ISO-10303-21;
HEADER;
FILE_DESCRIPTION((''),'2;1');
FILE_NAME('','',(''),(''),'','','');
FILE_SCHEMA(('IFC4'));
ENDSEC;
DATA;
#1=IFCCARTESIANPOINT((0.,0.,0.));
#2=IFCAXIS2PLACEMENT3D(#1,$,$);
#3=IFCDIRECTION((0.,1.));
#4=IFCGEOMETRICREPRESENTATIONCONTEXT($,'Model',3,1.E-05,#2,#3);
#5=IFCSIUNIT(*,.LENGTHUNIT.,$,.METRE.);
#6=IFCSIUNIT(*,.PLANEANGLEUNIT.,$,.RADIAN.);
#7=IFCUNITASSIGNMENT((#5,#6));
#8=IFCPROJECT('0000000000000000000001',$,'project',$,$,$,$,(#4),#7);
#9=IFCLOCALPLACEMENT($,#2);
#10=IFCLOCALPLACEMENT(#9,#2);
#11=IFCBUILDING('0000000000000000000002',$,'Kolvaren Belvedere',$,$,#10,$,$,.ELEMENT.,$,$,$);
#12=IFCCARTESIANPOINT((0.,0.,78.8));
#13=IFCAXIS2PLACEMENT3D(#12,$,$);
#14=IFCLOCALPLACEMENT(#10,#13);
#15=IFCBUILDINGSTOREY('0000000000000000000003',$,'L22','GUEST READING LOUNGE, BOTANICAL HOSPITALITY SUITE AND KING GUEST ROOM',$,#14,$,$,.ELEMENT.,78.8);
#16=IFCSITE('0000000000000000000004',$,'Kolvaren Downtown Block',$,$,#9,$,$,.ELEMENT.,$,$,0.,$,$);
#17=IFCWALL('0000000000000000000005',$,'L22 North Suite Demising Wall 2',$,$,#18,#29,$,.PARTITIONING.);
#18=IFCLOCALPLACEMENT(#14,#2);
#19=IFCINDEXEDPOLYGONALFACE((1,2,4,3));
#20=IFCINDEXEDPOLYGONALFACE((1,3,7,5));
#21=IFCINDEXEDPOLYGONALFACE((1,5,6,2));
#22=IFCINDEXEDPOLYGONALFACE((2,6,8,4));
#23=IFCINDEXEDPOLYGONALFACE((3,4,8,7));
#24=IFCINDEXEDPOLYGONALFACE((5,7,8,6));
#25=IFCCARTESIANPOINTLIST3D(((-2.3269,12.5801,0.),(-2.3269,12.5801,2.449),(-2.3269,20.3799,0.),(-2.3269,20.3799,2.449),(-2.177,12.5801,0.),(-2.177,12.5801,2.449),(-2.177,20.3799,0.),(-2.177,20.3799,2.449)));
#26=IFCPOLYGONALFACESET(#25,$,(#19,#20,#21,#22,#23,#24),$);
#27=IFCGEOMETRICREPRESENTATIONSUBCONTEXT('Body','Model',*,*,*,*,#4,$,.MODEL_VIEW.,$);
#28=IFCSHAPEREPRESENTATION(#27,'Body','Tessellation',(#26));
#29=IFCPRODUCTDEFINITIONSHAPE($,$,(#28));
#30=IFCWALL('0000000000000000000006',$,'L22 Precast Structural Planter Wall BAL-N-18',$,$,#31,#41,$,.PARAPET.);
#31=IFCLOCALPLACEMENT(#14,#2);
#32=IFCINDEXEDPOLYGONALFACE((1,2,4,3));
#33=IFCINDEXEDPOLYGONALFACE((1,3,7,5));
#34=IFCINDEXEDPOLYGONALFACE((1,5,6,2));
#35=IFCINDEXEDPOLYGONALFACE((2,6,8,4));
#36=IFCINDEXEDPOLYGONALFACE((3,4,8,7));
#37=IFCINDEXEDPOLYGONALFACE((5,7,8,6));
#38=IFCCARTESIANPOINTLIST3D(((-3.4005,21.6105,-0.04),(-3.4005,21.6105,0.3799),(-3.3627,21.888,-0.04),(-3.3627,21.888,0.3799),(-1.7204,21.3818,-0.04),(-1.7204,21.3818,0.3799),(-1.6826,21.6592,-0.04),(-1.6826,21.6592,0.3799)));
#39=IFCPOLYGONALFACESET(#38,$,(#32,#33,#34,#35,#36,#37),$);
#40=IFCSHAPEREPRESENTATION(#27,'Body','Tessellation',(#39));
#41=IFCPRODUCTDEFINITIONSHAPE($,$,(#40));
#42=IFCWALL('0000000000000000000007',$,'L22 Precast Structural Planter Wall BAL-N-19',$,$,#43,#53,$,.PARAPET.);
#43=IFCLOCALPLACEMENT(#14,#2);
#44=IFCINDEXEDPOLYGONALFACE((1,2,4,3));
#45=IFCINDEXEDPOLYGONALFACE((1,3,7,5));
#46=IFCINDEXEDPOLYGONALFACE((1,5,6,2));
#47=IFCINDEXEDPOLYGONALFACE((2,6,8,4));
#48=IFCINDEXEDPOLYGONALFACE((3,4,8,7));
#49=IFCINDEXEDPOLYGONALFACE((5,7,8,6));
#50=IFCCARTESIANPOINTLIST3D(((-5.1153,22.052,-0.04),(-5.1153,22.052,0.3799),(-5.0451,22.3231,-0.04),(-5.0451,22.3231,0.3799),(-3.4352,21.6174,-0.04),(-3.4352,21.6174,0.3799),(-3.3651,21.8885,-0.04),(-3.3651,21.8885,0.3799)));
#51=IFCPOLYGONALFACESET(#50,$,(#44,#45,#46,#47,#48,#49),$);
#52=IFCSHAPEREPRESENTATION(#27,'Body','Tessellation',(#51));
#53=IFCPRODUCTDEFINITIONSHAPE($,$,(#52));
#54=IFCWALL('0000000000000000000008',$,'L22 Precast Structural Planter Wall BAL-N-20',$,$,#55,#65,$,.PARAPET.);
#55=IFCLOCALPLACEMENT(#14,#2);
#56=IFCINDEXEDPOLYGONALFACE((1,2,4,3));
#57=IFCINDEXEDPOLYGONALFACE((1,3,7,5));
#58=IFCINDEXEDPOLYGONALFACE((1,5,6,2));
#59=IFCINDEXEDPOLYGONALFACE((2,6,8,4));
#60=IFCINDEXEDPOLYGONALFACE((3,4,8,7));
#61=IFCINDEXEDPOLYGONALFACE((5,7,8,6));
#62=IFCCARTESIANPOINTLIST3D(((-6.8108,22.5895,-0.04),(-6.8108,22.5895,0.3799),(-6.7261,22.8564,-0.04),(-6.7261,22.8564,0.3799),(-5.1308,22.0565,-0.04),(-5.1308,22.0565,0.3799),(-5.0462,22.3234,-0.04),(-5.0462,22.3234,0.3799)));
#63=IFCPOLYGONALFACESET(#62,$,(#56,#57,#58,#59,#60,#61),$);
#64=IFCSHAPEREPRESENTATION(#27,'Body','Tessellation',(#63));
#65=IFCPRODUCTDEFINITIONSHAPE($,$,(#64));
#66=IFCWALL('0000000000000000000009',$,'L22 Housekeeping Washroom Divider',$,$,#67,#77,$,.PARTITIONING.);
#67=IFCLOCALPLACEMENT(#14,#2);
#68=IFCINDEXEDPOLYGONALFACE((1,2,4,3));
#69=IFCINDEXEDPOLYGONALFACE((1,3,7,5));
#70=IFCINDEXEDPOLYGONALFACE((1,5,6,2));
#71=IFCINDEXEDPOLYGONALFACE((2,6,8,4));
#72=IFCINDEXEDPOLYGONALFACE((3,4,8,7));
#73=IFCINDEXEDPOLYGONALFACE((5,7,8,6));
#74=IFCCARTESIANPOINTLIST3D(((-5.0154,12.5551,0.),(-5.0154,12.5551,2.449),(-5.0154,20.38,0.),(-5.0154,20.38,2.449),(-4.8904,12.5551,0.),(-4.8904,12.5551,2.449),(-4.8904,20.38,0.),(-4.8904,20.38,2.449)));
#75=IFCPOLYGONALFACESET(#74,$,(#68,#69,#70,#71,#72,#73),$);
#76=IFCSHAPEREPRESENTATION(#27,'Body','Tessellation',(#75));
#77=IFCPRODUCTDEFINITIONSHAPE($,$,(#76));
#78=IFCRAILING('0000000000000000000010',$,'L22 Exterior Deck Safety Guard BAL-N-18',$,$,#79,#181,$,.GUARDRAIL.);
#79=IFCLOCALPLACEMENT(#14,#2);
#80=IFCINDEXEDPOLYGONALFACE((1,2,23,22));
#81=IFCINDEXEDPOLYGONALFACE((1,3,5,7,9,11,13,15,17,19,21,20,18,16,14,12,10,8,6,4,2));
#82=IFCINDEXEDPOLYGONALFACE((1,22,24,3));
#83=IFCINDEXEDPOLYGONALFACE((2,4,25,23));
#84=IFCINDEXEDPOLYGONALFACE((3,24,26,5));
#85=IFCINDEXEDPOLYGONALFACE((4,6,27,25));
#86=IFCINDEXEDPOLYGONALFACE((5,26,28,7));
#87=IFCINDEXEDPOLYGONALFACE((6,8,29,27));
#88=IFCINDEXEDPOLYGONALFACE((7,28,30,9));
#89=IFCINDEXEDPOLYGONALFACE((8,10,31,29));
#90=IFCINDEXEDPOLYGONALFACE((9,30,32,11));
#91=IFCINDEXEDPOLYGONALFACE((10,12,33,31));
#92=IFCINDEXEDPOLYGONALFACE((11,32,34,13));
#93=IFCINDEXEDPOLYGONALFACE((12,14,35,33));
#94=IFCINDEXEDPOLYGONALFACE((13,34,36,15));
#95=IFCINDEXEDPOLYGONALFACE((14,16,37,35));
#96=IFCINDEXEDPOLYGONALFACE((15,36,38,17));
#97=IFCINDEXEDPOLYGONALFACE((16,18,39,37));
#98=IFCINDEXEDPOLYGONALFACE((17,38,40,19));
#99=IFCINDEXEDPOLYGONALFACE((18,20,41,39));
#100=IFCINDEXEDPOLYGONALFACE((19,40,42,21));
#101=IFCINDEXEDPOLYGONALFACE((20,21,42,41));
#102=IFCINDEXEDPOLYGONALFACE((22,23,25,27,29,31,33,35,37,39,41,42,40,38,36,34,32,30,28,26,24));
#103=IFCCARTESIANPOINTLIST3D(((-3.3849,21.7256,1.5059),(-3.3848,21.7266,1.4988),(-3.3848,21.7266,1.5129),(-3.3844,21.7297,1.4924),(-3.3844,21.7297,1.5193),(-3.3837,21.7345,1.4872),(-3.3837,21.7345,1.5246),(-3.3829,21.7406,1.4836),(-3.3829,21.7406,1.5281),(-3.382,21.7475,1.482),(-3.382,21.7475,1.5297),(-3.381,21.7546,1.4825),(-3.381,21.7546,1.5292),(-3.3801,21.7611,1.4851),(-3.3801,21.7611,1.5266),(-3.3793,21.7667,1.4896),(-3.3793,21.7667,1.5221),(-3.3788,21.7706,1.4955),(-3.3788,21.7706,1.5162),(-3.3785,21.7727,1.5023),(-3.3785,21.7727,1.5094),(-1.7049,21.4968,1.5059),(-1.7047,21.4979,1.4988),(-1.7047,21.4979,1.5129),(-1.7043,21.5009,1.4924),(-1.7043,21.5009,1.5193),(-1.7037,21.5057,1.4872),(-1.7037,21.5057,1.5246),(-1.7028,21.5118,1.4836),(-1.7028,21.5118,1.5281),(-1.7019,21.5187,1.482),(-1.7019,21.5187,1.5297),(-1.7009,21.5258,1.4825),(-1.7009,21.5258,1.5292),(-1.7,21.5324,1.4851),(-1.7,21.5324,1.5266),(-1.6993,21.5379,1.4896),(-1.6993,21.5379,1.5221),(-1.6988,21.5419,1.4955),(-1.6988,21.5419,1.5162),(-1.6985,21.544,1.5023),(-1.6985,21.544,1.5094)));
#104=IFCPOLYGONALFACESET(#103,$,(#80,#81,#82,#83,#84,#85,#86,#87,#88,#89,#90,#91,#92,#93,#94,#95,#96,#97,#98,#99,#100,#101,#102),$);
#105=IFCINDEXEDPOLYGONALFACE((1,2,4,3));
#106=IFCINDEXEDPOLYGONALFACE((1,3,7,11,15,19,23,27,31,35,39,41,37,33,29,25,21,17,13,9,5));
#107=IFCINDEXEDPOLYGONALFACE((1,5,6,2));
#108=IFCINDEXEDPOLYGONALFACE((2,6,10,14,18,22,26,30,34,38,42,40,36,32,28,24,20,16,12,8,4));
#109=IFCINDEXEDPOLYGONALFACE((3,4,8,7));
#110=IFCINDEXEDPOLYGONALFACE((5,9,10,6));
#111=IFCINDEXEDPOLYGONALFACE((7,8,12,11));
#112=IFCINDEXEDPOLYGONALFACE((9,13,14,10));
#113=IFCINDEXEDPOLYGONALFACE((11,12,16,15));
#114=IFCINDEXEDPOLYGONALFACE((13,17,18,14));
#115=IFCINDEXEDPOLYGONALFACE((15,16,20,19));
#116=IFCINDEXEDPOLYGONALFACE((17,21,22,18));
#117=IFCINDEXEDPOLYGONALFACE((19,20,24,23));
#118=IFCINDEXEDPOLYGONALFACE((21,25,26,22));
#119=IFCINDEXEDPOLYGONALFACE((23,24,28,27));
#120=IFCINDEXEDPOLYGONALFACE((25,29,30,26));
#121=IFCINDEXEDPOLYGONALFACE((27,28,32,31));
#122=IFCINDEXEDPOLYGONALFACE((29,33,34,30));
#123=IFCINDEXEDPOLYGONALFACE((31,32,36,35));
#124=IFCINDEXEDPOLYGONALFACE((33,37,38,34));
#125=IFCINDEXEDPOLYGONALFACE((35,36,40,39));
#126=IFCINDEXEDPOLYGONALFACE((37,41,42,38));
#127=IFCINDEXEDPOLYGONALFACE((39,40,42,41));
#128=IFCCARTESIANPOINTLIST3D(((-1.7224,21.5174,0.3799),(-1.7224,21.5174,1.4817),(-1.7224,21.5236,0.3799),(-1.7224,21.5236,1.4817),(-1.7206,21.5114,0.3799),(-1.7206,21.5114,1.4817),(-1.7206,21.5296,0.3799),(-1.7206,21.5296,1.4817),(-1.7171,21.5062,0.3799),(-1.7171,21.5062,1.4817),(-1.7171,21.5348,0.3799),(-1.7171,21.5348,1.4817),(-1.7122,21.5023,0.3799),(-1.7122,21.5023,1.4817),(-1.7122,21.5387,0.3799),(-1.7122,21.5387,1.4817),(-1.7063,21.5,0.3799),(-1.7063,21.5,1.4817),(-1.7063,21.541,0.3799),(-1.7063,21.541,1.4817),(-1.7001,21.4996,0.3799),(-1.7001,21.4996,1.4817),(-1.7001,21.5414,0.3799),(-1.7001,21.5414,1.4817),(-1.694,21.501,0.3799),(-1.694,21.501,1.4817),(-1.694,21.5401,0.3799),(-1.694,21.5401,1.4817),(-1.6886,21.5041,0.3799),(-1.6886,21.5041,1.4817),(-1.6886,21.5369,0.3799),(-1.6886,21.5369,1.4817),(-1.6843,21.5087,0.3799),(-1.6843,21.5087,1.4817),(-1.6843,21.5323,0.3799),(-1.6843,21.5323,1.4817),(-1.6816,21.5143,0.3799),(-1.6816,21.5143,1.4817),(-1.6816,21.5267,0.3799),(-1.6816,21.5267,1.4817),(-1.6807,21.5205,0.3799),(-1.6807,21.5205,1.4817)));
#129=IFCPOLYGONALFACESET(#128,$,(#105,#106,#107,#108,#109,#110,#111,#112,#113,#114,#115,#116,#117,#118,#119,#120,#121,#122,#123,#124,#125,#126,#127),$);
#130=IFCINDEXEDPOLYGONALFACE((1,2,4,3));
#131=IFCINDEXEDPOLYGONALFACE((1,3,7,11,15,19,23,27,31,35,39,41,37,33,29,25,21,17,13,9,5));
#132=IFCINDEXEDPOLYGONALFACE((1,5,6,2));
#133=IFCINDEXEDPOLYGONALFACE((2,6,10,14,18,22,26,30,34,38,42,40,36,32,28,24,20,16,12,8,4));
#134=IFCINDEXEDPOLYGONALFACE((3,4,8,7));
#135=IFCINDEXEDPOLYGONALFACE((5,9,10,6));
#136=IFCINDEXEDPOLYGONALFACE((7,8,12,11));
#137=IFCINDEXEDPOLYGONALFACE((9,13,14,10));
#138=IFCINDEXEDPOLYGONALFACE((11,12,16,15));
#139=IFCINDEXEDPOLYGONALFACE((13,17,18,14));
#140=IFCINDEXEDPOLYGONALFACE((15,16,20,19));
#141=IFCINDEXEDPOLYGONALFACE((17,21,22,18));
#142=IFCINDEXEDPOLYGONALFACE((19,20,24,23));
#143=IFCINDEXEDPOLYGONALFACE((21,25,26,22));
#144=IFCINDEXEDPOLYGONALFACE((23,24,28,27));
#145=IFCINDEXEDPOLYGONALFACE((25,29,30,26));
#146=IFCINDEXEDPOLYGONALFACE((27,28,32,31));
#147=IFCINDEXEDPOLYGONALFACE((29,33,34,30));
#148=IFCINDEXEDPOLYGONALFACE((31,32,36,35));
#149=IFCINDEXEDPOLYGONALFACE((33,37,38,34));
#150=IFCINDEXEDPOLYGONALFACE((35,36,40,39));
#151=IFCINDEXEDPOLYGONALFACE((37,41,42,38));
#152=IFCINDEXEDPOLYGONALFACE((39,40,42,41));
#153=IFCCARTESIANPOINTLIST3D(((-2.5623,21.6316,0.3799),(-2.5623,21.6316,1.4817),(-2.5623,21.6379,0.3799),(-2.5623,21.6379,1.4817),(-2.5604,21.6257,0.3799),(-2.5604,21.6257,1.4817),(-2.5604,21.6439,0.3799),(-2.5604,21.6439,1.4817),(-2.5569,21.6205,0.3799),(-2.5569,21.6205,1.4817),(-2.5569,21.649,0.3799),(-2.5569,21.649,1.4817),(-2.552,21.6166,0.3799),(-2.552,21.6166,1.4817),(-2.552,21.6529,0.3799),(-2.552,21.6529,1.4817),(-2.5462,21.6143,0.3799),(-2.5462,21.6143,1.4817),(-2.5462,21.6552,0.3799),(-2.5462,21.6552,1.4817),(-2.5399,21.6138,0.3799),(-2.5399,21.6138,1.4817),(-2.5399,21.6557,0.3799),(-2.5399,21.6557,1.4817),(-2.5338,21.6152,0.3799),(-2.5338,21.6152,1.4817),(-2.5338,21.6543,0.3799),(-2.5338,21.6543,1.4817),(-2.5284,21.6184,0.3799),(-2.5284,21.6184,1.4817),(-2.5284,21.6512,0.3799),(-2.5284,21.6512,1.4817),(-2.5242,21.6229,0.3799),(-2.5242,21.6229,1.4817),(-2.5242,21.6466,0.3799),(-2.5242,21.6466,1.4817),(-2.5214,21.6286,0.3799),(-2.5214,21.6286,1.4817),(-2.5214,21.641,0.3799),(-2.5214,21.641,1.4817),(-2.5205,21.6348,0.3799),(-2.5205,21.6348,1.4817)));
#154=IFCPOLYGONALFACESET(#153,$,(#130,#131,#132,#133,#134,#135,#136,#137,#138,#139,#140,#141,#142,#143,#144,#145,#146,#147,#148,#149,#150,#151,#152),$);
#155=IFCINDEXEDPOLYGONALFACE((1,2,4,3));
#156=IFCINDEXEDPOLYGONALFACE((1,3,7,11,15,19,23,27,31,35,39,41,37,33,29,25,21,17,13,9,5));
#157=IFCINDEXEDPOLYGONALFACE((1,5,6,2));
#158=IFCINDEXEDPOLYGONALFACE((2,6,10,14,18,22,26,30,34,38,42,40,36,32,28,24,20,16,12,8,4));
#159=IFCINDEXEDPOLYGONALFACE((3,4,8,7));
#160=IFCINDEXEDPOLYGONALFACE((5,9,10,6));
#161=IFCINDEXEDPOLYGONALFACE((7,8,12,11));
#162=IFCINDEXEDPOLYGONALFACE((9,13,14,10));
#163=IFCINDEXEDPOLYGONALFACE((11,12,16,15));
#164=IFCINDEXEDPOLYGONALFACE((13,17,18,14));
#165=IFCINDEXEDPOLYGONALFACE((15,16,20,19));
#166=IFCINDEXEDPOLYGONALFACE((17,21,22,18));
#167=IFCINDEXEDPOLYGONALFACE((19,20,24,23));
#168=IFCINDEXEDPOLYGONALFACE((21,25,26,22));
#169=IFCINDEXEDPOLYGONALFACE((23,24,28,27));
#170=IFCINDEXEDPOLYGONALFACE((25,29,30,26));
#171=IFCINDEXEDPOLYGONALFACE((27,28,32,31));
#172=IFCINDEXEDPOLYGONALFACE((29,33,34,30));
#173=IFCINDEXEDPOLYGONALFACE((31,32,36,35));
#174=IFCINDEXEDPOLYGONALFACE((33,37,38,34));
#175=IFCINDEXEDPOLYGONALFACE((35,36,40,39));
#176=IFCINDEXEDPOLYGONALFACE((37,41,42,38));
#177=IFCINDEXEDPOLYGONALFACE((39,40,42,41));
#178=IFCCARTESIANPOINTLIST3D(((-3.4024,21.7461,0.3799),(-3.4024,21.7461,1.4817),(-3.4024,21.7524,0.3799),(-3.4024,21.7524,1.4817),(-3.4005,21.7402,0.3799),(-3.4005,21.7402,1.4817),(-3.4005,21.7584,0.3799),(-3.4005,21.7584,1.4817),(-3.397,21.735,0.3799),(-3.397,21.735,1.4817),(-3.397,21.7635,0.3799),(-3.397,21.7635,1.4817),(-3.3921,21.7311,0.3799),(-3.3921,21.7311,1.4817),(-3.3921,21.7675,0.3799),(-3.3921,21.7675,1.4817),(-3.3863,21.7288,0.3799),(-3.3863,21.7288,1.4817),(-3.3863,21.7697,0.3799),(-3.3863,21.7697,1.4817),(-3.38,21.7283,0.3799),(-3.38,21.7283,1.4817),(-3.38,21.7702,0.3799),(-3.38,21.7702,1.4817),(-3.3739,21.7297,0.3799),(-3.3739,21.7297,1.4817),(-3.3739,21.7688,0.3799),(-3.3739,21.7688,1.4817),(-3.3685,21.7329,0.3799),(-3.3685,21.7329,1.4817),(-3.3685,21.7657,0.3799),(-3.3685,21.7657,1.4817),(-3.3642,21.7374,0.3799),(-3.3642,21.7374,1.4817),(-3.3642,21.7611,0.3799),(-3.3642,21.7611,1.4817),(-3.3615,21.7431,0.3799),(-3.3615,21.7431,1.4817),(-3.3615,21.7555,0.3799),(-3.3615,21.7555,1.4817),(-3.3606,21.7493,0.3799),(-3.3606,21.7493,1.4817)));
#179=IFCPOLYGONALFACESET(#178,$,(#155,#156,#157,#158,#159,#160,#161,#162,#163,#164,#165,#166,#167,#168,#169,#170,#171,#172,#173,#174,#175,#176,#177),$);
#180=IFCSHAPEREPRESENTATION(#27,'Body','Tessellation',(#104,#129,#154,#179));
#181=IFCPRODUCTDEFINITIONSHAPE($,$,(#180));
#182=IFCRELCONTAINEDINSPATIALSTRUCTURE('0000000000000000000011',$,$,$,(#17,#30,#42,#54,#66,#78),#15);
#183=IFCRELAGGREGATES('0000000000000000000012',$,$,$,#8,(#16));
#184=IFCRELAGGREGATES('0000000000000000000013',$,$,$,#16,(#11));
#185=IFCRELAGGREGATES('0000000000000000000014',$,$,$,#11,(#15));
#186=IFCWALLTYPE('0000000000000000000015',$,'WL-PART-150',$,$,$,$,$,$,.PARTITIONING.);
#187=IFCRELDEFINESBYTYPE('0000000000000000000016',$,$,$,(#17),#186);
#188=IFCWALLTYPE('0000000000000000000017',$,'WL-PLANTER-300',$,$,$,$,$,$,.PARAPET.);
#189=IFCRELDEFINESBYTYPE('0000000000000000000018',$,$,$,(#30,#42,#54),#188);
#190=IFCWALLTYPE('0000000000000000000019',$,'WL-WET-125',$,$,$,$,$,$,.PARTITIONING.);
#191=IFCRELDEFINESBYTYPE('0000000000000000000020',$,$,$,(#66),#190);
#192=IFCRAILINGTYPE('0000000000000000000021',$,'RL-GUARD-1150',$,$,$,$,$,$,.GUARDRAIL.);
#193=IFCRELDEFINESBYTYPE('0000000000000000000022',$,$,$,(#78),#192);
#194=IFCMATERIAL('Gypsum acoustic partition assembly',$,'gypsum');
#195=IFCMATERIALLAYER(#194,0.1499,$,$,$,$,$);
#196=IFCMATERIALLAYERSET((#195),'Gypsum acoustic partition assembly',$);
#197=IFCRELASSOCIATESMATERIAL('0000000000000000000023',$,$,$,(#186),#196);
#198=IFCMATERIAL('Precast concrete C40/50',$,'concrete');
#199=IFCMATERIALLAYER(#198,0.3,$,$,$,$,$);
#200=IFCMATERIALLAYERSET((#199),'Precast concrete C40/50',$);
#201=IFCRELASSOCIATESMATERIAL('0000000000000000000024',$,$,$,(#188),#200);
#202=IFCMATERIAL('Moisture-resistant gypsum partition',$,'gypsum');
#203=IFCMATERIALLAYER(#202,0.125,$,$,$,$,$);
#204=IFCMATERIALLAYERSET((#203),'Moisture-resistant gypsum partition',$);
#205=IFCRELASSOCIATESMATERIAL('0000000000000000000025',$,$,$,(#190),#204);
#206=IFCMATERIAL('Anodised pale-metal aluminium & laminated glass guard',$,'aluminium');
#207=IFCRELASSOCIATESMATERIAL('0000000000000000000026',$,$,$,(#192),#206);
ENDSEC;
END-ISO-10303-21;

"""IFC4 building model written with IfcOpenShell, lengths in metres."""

from ifc_helpers import new_model, si_unit, direction, frame, frame_2d, origin, origin_2d, place, context, subcontext, project, spatial, rectangle, circle, extrude, material, layer, layer_set, type_object, element, save


model = new_model("IFC4")

# Units and contexts
model_context = context("Model", 3, precision=1e-05, world=origin(), true_north=direction((0.0, 1.0)))
body_context = subcontext(model_context, "Body", "Model", "MODEL_VIEW")
ifc_project = project(units=[si_unit("LENGTHUNIT", "METRE"), si_unit("PLANEANGLEUNIT", "RADIAN")], contexts=[model_context])

# Site, building, storey
site_placement = place(None, origin())
site = spatial("IfcSite", under=ifc_project, at=site_placement, Name="Kolvaren Downtown Block", CompositionType="ELEMENT", RefElevation=0.0)
building_placement = place(site_placement, origin())
building = spatial("IfcBuilding", under=site, at=building_placement, Name="Kolvaren Belvedere", CompositionType="ELEMENT")
storey_placement = place(building_placement, frame((0.0, 0.0, 78.8)))
storey = spatial("IfcBuildingStorey", under=building, at=storey_placement, Name="L22", Description="GUEST READING LOUNGE, BOTANICAL HOSPITALITY SUITE AND KING GUEST ROOM", CompositionType="ELEMENT", Elevation=78.8)

# Walls
ifc_material_1 = material(Name="Gypsum acoustic partition assembly", Category="gypsum")
ifc_layer_1 = layer(ifc_material_1, 0.1499)
ifc_layer_set_1 = layer_set([ifc_layer_1], Name="Gypsum acoustic partition assembly")
wall_type_1 = type_object("IfcWallType", Name="WL-PART-150", PredefinedType="PARTITIONING", material=ifc_layer_set_1)
wall_1_placement = place(storey_placement, frame((-2.252, 12.5801, 0.0), z_axis=(0.0, 0.0, 1.0), x_axis=(0.0, 1.0, 0.0)))
element("IfcWall", 1, at=wall_1_placement, inside=storey, type_object=wall_type_1, Name="L22 North Suite Demising Wall 2", PredefinedType="PARTITIONING", context=body_context, shape_type="SweptSolid", body=[
    extrude(rectangle(XDim=7.7998, YDim=0.1499, at=frame_2d((3.8999, 0.0))), origin(), (0.0, 0.0, 1.0), 2.449),
])
ifc_material_2 = material(Name="Precast concrete C40/50", Category="concrete")
ifc_layer_2 = layer(ifc_material_2, 0.3)
ifc_layer_set_2 = layer_set([ifc_layer_2], Name="Precast concrete C40/50")
wall_type_2 = type_object("IfcWallType", Name="WL-PLANTER-300", PredefinedType="PARAPET", material=ifc_layer_set_2)
wall_2_placement = place(storey_placement, frame((-1.7017, 21.5205, -0.04), z_axis=(0.0, 0.0, 1.0), x_axis=(-0.990856, 0.134927, 0.0)))
element("IfcWall", 2, at=wall_2_placement, inside=storey, type_object=wall_type_2, Name="L22 Precast Structural Planter Wall BAL-N-18", PredefinedType="PARAPET", context=body_context, shape_type="SweptSolid", body=[
    extrude(rectangle(XDim=1.6956, YDim=0.28, at=frame_2d((0.8477, 0.0))), origin(), (0.0, 0.0, 1.0), 0.4199),
])
wall_3_placement = place(storey_placement, frame((-3.4001, 21.7529, -0.04), z_axis=(0.0, 0.0, 1.0), x_axis=(-0.968132, 0.25044, 0.0)))
element("IfcWall", 3, at=wall_3_placement, inside=storey, type_object=wall_type_2, Name="L22 Precast Structural Planter Wall BAL-N-19", PredefinedType="PARAPET", context=body_context, shape_type="SweptSolid", body=[
    extrude(rectangle(XDim=1.7354, YDim=0.28, at=frame_2d((0.8677, 0.0))), origin(), (0.0, 0.0, 1.0), 0.4199),
])
wall_4_placement = place(storey_placement, frame((-5.0884, 22.1899, -0.04), z_axis=(0.0, 0.0, 1.0), x_axis=(-0.953182, 0.302397, 0.0)))
element("IfcWall", 4, at=wall_4_placement, inside=storey, type_object=wall_type_2, Name="L22 Precast Structural Planter Wall BAL-N-20", PredefinedType="PARAPET", context=body_context, shape_type="SweptSolid", body=[
    extrude(rectangle(XDim=1.7625, YDim=0.28, at=frame_2d((0.8813, 0.0))), origin(), (0.0, 0.0, 1.0), 0.4199),
])
ifc_material_3 = material(Name="Moisture-resistant gypsum partition", Category="gypsum")
ifc_layer_3 = layer(ifc_material_3, 0.125)
ifc_layer_set_3 = layer_set([ifc_layer_3], Name="Moisture-resistant gypsum partition")
wall_type_3 = type_object("IfcWallType", Name="WL-WET-125", PredefinedType="PARTITIONING", material=ifc_layer_set_3)
wall_5_placement = place(storey_placement, frame((-4.9529, 12.5549, 0.0), z_axis=(0.0, 0.0, 1.0), x_axis=(0.0, 1.0, 0.0)))
element("IfcWall", 5, at=wall_5_placement, inside=storey, type_object=wall_type_3, Name="L22 Housekeeping Washroom Divider", PredefinedType="PARTITIONING", context=body_context, shape_type="SweptSolid", body=[
    extrude(rectangle(XDim=7.825, YDim=0.125, at=frame_2d((3.9126, 0.0))), origin(), (0.0, 0.0, 1.0), 2.449),
])

# Railing
ifc_material_4 = material(Name="Anodised pale-metal aluminium & laminated glass guard", Category="aluminium")
railing_type = type_object("IfcRailingType", Name="RL-GUARD-1150", PredefinedType="GUARDRAIL", material=ifc_material_4)
railing_1_placement = place(storey_placement, frame((-1.7017, 21.5205, 0.3799)))
element("IfcRailing", 6, at=railing_1_placement, inside=storey, type_object=railing_type, Name="L22 Exterior Deck Safety Guard BAL-N-18", PredefinedType="GUARDRAIL", context=body_context, shape_type="SweptSolid", body=[
    extrude(circle(Radius=0.0239, at=origin_2d()), frame((0.0, 0.0, 1.126), z_axis=(-0.990856, 0.134927, 0.0), x_axis=(-0.134927, -0.990856, 0.0)), (0.0, 0.0, 1.0), 1.6956),
    extrude(circle(Radius=0.021, at=origin_2d()), origin(), (0.0, 0.0, 1.0), 1.1018),
    extrude(circle(Radius=0.021, at=origin_2d()), frame((-0.8398, 0.1143, 0.0)), (0.0, 0.0, 1.0), 1.1018),
    extrude(circle(Radius=0.021, at=origin_2d()), frame((-1.6799, 0.2288, 0.0)), (0.0, 0.0, 1.0), 1.1018),
])

save(model, "model.ifc")
